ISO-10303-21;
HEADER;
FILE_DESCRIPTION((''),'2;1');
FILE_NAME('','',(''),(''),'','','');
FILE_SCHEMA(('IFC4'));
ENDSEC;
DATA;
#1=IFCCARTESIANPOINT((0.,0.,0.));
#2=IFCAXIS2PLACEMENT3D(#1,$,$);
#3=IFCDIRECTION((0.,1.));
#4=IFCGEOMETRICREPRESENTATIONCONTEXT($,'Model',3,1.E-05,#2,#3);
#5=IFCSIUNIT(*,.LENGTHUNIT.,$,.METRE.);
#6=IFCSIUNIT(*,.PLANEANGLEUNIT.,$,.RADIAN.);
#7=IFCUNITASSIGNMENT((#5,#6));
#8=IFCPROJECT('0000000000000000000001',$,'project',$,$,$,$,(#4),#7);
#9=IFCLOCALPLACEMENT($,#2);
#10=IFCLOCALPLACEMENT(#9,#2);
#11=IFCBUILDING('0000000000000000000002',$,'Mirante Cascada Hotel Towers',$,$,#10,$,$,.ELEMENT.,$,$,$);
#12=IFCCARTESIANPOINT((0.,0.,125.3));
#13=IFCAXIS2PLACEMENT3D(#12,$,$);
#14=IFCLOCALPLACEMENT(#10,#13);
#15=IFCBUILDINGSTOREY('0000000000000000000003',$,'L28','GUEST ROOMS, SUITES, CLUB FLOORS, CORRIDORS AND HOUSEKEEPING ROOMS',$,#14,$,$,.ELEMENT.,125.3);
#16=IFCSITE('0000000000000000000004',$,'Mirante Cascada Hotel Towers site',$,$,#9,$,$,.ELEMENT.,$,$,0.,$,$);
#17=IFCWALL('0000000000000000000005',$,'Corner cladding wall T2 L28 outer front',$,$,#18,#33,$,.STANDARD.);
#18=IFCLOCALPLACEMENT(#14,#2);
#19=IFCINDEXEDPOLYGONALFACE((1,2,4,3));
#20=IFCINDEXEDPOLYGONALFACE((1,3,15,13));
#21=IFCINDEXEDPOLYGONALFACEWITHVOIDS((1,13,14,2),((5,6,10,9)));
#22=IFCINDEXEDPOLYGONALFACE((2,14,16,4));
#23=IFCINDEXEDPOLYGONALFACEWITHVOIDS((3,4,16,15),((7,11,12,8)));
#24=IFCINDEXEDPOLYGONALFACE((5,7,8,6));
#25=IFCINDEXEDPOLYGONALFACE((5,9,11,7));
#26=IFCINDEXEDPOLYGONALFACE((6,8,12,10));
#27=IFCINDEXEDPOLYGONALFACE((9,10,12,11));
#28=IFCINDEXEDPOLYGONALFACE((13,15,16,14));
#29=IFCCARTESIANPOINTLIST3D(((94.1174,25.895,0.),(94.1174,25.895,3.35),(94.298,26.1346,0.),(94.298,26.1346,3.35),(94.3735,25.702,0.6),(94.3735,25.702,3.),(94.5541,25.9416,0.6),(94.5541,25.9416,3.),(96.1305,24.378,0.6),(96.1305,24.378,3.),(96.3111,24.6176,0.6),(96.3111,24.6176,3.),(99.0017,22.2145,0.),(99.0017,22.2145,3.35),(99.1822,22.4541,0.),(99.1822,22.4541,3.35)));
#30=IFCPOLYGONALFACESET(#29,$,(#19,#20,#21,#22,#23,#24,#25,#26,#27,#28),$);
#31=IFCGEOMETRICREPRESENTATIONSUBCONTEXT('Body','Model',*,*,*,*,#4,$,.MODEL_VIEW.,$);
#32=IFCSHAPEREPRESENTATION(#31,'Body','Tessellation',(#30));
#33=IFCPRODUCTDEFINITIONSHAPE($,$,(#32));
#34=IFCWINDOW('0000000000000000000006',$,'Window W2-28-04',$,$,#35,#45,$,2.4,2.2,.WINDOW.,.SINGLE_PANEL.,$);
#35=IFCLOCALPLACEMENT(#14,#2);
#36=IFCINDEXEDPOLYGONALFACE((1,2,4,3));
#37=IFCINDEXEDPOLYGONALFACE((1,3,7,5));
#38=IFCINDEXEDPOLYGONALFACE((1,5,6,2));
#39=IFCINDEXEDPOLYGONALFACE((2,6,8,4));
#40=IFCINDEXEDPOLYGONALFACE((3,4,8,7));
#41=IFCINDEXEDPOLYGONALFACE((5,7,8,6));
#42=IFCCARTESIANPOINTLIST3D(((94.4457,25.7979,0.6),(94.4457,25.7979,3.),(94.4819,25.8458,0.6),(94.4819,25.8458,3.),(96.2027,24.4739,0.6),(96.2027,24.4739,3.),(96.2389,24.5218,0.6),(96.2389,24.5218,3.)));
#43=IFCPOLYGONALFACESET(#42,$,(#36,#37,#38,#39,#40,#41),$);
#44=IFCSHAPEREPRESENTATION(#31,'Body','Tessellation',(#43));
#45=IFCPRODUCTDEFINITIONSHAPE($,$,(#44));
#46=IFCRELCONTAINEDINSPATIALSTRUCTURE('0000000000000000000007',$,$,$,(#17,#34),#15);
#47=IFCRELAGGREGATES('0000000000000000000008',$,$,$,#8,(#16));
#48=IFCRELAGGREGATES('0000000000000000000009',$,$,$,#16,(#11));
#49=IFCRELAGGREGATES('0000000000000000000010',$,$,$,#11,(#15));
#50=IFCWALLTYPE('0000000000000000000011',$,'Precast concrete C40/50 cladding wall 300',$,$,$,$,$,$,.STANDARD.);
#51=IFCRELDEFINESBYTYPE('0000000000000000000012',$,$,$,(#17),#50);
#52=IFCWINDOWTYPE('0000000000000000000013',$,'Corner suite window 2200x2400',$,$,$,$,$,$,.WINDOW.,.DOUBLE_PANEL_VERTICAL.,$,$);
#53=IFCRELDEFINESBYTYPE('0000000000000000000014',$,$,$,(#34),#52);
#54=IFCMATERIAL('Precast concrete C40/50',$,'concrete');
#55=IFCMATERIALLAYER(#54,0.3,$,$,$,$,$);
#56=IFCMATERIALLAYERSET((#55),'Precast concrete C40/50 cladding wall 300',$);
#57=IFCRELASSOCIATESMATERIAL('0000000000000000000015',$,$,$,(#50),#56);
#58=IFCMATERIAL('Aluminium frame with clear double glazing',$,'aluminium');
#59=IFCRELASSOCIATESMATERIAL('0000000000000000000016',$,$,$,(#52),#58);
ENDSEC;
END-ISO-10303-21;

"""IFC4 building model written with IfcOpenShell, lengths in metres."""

from ifc_helpers import new_model, si_unit, direction, frame, frame_2d, origin, place, context, subcontext, project, spatial, rectangle, extrude, material, layer, layer_set, type_object, element, fill, save


model = new_model("IFC4")

# Units and contexts
model_context = context("Model", 3, precision=1e-05, world=origin(), true_north=direction((0.0, 1.0)))
body_context = subcontext(model_context, "Body", "Model", "MODEL_VIEW")
ifc_project = project(units=[si_unit("LENGTHUNIT", "METRE"), si_unit("PLANEANGLEUNIT", "RADIAN")], contexts=[model_context])

# Site, building, storey
site_placement = place(None, origin())
site = spatial("IfcSite", under=ifc_project, at=site_placement, Name="Mirante Cascada Hotel Towers site", CompositionType="ELEMENT", RefElevation=0.0)
building_placement = place(site_placement, origin())
building = spatial("IfcBuilding", under=site, at=building_placement, Name="Mirante Cascada Hotel Towers", CompositionType="ELEMENT")
storey_placement = place(building_placement, frame((0.0, 0.0, 125.3)))
storey = spatial("IfcBuildingStorey", under=building, at=storey_placement, Name="L28", Description="GUEST ROOMS, SUITES, CLUB FLOORS, CORRIDORS AND HOUSEKEEPING ROOMS", CompositionType="ELEMENT", Elevation=125.3)

# Wall, opening, window
ifc_material_1 = material(Name="Precast concrete C40/50", Category="concrete")
ifc_layer_1 = layer(ifc_material_1, 0.3)
ifc_layer_set_1 = layer_set([ifc_layer_1], Name="Precast concrete C40/50 cladding wall 300")
wall_type_1 = type_object("IfcWallType", Name="Precast concrete C40/50 cladding wall 300", PredefinedType="STANDARD", material=ifc_layer_set_1)
wall_1_placement = place(storey_placement, frame((99.0919, 22.3343, 0.0), z_axis=(0.0, 0.0, 1.0), x_axis=(-0.798636, 0.601814, 0.0)))
wall_1 = element("IfcWall", 1, at=wall_1_placement, inside=storey, type_object=wall_type_1, Name="Corner cladding wall T2 L28 outer front", PredefinedType="STANDARD", context=body_context, shape_type="SweptSolid", body=[
    extrude(rectangle(XDim=6.1157, YDim=0.3, at=frame_2d((3.0578, 0.0))), origin(), (0.0, 0.0, 1.0), 3.35),
])
opening_1_placement = place(wall_1_placement, frame((3.595, 0.0, 0.6)))
opening_1 = element("IfcOpeningElement", 2, at=opening_1_placement, cuts=wall_1, PredefinedType="OPENING", context=body_context, shape_type="SweptSolid", body=[
    extrude(rectangle(XDim=2.2, YDim=2.4, at=frame_2d((1.1, 1.2))), frame((0.0, 0.15, 0.0), z_axis=(0.0, -1.0, 0.0), x_axis=(1.0, 0.0, 0.0)), (0.0, 0.0, 1.0), 0.3),
])
ifc_material_2 = material(Name="Aluminium frame with clear double glazing", Category="aluminium")
window_type = type_object("IfcWindowType", Name="Corner suite window 2200x2400", PartitioningType="DOUBLE_PANEL_VERTICAL", PredefinedType="WINDOW", material=ifc_material_2)
window_placement = place(opening_1_placement, origin())
window = element("IfcWindow", 3, at=window_placement, inside=storey, type_object=window_type, Name="Window W2-28-04", OverallHeight=2.4, OverallWidth=2.2, PartitioningType="SINGLE_PANEL", PredefinedType="WINDOW", context=body_context, shape_type="SweptSolid", body=[
    extrude(rectangle(XDim=2.2, YDim=2.4, at=frame_2d((1.1, 1.2))), frame((0.0, 0.03, 0.0), z_axis=(0.0, -1.0, 0.0), x_axis=(1.0, 0.0, 0.0)), (0.0, 0.0, 1.0), 0.06),
])
fill(opening_1, window)

save(model, "model.ifc")
